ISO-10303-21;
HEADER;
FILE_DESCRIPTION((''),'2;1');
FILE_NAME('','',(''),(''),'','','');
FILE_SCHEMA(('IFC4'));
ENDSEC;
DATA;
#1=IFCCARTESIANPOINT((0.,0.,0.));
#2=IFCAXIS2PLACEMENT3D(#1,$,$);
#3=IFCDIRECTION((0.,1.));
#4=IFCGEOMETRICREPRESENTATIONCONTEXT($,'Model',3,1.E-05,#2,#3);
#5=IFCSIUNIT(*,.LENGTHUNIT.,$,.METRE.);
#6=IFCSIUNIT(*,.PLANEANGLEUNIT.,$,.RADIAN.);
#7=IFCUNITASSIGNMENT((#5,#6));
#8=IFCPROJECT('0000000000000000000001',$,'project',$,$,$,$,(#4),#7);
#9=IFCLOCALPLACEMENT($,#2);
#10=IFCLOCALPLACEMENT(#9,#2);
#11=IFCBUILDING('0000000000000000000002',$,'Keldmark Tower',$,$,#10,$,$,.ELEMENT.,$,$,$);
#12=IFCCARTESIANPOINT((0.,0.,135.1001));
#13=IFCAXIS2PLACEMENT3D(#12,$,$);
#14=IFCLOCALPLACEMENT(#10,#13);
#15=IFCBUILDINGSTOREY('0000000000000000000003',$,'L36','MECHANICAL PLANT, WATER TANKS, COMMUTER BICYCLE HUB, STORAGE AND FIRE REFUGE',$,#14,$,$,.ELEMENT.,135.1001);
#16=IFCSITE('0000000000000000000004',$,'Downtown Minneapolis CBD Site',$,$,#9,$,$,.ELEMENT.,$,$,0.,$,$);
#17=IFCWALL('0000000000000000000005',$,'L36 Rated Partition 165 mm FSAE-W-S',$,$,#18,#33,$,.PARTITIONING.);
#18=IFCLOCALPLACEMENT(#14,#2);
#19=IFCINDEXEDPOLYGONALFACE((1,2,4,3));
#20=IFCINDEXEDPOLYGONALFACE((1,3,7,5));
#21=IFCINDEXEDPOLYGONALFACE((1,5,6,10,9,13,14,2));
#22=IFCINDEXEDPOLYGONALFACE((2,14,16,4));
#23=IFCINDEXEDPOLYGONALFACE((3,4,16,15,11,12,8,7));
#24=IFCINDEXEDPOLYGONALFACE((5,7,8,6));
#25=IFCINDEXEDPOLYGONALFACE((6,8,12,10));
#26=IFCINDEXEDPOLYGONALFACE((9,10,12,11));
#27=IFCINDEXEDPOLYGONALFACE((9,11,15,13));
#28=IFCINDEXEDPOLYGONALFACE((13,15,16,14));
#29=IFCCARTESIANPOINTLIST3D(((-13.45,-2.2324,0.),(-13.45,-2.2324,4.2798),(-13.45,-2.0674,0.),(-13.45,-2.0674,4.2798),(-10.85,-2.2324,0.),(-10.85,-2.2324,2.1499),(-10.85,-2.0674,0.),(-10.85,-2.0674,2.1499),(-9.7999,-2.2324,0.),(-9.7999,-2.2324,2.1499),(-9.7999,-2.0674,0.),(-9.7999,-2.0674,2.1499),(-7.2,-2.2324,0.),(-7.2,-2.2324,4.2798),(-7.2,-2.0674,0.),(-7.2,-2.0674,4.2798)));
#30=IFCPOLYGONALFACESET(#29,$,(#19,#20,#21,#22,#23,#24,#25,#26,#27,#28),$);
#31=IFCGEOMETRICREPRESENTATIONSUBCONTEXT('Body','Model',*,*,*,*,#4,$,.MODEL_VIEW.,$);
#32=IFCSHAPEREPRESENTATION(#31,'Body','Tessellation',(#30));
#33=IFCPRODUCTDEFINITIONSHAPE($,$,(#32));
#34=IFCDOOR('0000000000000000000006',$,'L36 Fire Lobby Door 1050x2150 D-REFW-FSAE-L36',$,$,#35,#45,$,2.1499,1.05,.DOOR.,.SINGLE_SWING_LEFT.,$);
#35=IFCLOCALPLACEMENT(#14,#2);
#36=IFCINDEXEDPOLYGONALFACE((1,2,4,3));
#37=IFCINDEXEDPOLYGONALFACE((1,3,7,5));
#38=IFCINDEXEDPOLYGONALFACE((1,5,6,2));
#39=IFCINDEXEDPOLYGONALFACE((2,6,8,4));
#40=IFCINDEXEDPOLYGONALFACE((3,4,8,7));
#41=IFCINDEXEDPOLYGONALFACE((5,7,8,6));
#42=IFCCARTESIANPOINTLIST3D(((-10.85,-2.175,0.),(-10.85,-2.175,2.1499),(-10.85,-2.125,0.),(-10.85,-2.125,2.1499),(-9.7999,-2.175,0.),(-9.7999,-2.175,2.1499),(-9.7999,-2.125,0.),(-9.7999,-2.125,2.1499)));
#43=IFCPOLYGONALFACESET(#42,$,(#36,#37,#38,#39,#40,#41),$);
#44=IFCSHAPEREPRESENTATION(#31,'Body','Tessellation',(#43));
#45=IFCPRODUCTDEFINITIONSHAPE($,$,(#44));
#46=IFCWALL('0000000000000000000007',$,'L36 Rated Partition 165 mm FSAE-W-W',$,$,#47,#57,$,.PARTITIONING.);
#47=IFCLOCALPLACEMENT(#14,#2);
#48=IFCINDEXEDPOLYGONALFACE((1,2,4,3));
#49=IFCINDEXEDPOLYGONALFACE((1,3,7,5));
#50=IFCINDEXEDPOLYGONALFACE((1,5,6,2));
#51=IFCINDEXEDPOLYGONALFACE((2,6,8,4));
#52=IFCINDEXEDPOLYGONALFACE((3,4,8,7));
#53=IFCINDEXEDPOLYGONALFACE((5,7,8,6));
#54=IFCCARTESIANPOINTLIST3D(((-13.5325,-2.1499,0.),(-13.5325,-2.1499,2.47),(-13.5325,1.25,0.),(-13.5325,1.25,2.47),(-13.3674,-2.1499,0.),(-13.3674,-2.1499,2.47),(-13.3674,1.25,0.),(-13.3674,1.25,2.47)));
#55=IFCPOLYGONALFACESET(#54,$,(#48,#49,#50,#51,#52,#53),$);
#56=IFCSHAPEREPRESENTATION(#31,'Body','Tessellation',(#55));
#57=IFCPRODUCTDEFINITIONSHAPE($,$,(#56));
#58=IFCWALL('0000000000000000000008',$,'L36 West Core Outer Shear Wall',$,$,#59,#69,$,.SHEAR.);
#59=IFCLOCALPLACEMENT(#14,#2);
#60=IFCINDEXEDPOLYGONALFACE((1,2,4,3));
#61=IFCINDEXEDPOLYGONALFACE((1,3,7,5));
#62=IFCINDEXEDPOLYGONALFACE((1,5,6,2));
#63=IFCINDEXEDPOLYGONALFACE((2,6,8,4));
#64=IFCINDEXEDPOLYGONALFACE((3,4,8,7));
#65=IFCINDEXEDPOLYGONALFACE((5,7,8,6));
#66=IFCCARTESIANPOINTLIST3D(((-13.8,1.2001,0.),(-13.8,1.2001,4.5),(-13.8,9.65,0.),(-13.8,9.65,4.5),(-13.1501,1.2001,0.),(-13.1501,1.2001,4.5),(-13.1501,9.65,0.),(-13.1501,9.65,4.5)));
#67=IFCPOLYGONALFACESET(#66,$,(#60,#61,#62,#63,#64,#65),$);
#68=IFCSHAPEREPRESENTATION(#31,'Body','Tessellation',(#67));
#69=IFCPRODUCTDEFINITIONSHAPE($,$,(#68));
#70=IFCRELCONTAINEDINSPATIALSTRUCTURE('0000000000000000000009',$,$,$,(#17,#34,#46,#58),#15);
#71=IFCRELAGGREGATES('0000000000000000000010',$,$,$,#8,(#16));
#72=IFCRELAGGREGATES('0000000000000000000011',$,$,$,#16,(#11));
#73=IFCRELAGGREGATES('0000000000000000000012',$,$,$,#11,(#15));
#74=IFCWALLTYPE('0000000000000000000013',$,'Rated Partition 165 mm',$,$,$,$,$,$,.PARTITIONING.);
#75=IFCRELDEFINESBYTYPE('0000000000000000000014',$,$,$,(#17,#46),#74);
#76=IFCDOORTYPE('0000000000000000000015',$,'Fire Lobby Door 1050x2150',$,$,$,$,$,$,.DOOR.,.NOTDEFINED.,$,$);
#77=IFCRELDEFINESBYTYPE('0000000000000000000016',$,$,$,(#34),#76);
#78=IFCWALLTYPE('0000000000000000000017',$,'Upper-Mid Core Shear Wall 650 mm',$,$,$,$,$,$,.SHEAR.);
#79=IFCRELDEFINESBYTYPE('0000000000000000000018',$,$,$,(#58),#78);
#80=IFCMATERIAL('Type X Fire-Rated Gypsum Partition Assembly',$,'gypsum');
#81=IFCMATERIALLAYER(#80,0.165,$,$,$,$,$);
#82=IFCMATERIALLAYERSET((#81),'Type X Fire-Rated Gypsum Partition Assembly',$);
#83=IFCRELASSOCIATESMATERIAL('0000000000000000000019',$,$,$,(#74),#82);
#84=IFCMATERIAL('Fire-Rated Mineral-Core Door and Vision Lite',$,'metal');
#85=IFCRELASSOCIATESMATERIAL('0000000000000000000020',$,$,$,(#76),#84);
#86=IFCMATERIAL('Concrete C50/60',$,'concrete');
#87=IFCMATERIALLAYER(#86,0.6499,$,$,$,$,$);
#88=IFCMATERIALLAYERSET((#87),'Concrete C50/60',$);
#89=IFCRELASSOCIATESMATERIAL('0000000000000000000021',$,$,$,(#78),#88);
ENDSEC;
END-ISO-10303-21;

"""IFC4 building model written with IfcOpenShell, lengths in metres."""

from ifc_helpers import new_model, si_unit, direction, frame, frame_2d, origin, place, context, subcontext, project, spatial, rectangle, extrude, material, layer, layer_set, type_object, element, fill, save


model = new_model("IFC4")

# Units and contexts
model_context = context("Model", 3, precision=1e-05, world=origin(), true_north=direction((0.0, 1.0)))
body_context = subcontext(model_context, "Body", "Model", "MODEL_VIEW")
ifc_project = project(units=[si_unit("LENGTHUNIT", "METRE"), si_unit("PLANEANGLEUNIT", "RADIAN")], contexts=[model_context])

# Site, building, storey
site_placement = place(None, origin())
site = spatial("IfcSite", under=ifc_project, at=site_placement, Name="Downtown Minneapolis CBD Site", CompositionType="ELEMENT", RefElevation=0.0)
building_placement = place(site_placement, origin())
building = spatial("IfcBuilding", under=site, at=building_placement, Name="Keldmark Tower", CompositionType="ELEMENT")
storey_placement = place(building_placement, frame((0.0, 0.0, 135.1001)))
storey = spatial("IfcBuildingStorey", under=building, at=storey_placement, Name="L36", Description="MECHANICAL PLANT, WATER TANKS, COMMUTER BICYCLE HUB, STORAGE AND FIRE REFUGE", CompositionType="ELEMENT", Elevation=135.1001)

# Wall, opening, door
ifc_material_1 = material(Name="Type X Fire-Rated Gypsum Partition Assembly", Category="gypsum")
ifc_layer_1 = layer(ifc_material_1, 0.165)
ifc_layer_set_1 = layer_set([ifc_layer_1], Name="Type X Fire-Rated Gypsum Partition Assembly")
wall_type_1 = type_object("IfcWallType", Name="Rated Partition 165 mm", PredefinedType="PARTITIONING", material=ifc_layer_set_1)
wall_1_placement = place(storey_placement, frame((-13.45, -2.1499, 0.0), z_axis=(0.0, 0.0, 1.0), x_axis=(1.0, 0.0, 0.0)))
wall_1 = element("IfcWall", 1, at=wall_1_placement, inside=storey, type_object=wall_type_1, Name="L36 Rated Partition 165 mm FSAE-W-S", PredefinedType="PARTITIONING", context=body_context, shape_type="SweptSolid", body=[
    extrude(rectangle(XDim=6.25, YDim=0.165, at=frame_2d((3.125, 0.0))), origin(), (0.0, 0.0, 1.0), 4.2798),
])
opening_placement = place(wall_1_placement, frame((2.6001, 0.0, 0.0)))
opening = element("IfcOpeningElement", 2, at=opening_placement, cuts=wall_1, PredefinedType="OPENING", context=body_context, shape_type="SweptSolid", body=[
    extrude(rectangle(XDim=1.05, YDim=2.1499, at=frame_2d((0.5249, 1.075))), frame((0.0, 0.0925, 0.0), z_axis=(0.0, -1.0, 0.0), x_axis=(1.0, 0.0, 0.0)), (0.0, 0.0, 1.0), 0.1851),
])
ifc_material_2 = material(Name="Fire-Rated Mineral-Core Door and Vision Lite", Category="metal")
door_type = type_object("IfcDoorType", Name="Fire Lobby Door 1050x2150", OperationType="NOTDEFINED", PredefinedType="DOOR", material=ifc_material_2)
door_placement = place(opening_placement, origin())
door = element("IfcDoor", 3, at=door_placement, inside=storey, type_object=door_type, Name="L36 Fire Lobby Door 1050x2150 D-REFW-FSAE-L36", OperationType="SINGLE_SWING_LEFT", OverallHeight=2.1499, OverallWidth=1.05, PredefinedType="DOOR", context=body_context, shape_type="SweptSolid", body=[
    extrude(rectangle(XDim=1.05, YDim=2.1499, at=frame_2d((0.5249, 1.075))), frame((0.0, 0.0249, 0.0), z_axis=(0.0, -1.0, 0.0), x_axis=(1.0, 0.0, 0.0)), (0.0, 0.0, 1.0), 0.05),
])
fill(opening, door)

# Walls
wall_2_placement = place(storey_placement, frame((-13.45, -2.1499, 0.0), z_axis=(0.0, 0.0, 1.0), x_axis=(0.0, 1.0, 0.0)))
element("IfcWall", 4, at=wall_2_placement, inside=storey, type_object=wall_type_1, Name="L36 Rated Partition 165 mm FSAE-W-W", PredefinedType="PARTITIONING", context=body_context, shape_type="SweptSolid", body=[
    extrude(rectangle(XDim=3.3999, YDim=0.165, at=frame_2d((1.7, 0.0))), origin(), (0.0, 0.0, 1.0), 2.47),
])
ifc_material_3 = material(Name="Concrete C50/60", Category="concrete")
ifc_layer_2 = layer(ifc_material_3, 0.6499)
ifc_layer_set_2 = layer_set([ifc_layer_2], Name="Concrete C50/60")
wall_type_2 = type_object("IfcWallType", Name="Upper-Mid Core Shear Wall 650 mm", PredefinedType="SHEAR", material=ifc_layer_set_2)
wall_3_placement = place(storey_placement, frame((-13.4751, 1.2, 0.0), z_axis=(0.0, 0.0, 1.0), x_axis=(0.0, 1.0, 0.0)))
element("IfcWall", 5, at=wall_3_placement, inside=storey, type_object=wall_type_2, Name="L36 West Core Outer Shear Wall", PredefinedType="SHEAR", context=body_context, shape_type="SweptSolid", body=[
    extrude(rectangle(XDim=8.45, YDim=0.6499, at=frame_2d((4.2251, 0.0))), origin(), (0.0, 0.0, 1.0), 4.5),
])

save(model, "model.ifc")
